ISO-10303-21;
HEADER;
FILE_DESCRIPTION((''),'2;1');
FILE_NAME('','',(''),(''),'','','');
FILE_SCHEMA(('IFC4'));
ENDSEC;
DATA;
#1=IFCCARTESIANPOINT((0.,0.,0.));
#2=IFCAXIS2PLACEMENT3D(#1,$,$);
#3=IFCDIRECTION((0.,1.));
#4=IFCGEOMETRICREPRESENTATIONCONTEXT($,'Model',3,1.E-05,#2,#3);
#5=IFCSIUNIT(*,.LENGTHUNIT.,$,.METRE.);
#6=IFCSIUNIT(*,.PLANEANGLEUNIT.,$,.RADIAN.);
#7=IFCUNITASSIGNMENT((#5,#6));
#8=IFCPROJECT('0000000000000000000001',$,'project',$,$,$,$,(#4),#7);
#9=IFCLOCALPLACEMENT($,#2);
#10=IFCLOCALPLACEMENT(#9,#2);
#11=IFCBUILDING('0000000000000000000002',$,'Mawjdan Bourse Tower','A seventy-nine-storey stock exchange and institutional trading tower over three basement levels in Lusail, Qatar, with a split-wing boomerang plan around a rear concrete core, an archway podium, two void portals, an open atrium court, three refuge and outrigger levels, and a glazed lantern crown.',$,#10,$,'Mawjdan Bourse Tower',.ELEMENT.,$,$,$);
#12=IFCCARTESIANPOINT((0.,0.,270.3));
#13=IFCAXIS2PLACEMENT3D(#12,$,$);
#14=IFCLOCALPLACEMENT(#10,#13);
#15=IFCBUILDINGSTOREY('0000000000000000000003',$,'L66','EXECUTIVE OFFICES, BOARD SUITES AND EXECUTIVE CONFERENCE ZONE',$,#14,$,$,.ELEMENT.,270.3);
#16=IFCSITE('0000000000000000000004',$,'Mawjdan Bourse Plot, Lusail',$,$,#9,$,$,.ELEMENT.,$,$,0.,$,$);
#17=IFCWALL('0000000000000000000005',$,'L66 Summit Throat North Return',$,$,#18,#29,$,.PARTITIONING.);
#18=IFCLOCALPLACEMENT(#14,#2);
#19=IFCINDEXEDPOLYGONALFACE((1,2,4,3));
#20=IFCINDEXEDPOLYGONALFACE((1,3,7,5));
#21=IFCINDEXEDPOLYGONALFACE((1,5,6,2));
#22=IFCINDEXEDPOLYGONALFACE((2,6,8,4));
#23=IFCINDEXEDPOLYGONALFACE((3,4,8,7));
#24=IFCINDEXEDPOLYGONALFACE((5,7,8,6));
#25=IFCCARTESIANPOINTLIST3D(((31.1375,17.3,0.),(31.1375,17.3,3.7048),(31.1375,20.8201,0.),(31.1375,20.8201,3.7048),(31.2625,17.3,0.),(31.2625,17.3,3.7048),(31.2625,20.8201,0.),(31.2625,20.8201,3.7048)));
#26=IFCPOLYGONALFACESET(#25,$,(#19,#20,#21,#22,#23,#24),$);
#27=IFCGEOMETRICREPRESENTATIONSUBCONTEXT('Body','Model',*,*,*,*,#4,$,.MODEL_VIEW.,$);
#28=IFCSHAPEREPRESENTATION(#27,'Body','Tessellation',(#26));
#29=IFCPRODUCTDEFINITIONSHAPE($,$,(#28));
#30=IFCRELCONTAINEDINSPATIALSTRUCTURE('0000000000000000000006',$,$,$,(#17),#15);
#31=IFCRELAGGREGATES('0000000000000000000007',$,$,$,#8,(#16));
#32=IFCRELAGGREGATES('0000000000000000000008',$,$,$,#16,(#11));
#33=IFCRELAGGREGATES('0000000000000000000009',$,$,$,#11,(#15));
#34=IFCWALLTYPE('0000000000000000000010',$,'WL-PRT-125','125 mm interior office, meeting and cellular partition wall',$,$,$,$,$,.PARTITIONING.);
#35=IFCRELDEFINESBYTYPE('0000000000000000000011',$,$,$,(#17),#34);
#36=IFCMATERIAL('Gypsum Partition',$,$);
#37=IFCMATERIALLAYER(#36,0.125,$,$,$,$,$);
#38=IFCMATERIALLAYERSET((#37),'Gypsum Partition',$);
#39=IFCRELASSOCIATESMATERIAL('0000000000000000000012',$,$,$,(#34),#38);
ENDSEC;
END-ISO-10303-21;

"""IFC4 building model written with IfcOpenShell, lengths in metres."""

from ifc_helpers import new_model, si_unit, direction, frame, frame_2d, origin, place, context, subcontext, project, spatial, rectangle, extrude, material, layer, layer_set, type_object, element, save


model = new_model("IFC4")

# Units and contexts
model_context = context("Model", 3, precision=1e-05, world=origin(), true_north=direction((0.0, 1.0)))
body_context = subcontext(model_context, "Body", "Model", "MODEL_VIEW")
ifc_project = project(units=[si_unit("LENGTHUNIT", "METRE"), si_unit("PLANEANGLEUNIT", "RADIAN")], contexts=[model_context])

# Site, building, storey
site_placement = place(None, origin())
site = spatial("IfcSite", under=ifc_project, at=site_placement, Name="Mawjdan Bourse Plot, Lusail", CompositionType="ELEMENT", RefElevation=0.0)
building_placement = place(site_placement, origin())
building = spatial("IfcBuilding", under=site, at=building_placement, Name="Mawjdan Bourse Tower", Description="A seventy-nine-storey stock exchange and institutional trading tower over three basement levels in Lusail, Qatar, with a split-wing boomerang plan around a rear concrete core, an archway podium, two void portals, an open atrium court, three refuge and outrigger levels, and a glazed lantern crown.", LongName="Mawjdan Bourse Tower", CompositionType="ELEMENT")
storey_placement = place(building_placement, frame((0.0, 0.0, 270.3)))
storey = spatial("IfcBuildingStorey", under=building, at=storey_placement, Name="L66", Description="EXECUTIVE OFFICES, BOARD SUITES AND EXECUTIVE CONFERENCE ZONE", CompositionType="ELEMENT", Elevation=270.3)

# Wall
ifc_material_1 = material(Name="Gypsum Partition")
ifc_layer_1 = layer(ifc_material_1, 0.125)
ifc_layer_set_1 = layer_set([ifc_layer_1], Name="Gypsum Partition")
wall_type_1 = type_object("IfcWallType", Name="WL-PRT-125", Description="125 mm interior office, meeting and cellular partition wall", PredefinedType="PARTITIONING", material=ifc_layer_set_1)
wall_1_placement = place(storey_placement, frame((31.2, 17.3, 0.0), z_axis=(0.0, 0.0, 1.0), x_axis=(0.0, 1.0, 0.0)))
element("IfcWall", 1, at=wall_1_placement, inside=storey, type_object=wall_type_1, Name="L66 Summit Throat North Return", PredefinedType="PARTITIONING", context=body_context, shape_type="SweptSolid", body=[
    extrude(rectangle(XDim=3.52, YDim=0.125, at=frame_2d((1.76, 0.0))), origin(), (0.0, 0.0, 1.0), 3.7048),
])

save(model, "model.ifc")
